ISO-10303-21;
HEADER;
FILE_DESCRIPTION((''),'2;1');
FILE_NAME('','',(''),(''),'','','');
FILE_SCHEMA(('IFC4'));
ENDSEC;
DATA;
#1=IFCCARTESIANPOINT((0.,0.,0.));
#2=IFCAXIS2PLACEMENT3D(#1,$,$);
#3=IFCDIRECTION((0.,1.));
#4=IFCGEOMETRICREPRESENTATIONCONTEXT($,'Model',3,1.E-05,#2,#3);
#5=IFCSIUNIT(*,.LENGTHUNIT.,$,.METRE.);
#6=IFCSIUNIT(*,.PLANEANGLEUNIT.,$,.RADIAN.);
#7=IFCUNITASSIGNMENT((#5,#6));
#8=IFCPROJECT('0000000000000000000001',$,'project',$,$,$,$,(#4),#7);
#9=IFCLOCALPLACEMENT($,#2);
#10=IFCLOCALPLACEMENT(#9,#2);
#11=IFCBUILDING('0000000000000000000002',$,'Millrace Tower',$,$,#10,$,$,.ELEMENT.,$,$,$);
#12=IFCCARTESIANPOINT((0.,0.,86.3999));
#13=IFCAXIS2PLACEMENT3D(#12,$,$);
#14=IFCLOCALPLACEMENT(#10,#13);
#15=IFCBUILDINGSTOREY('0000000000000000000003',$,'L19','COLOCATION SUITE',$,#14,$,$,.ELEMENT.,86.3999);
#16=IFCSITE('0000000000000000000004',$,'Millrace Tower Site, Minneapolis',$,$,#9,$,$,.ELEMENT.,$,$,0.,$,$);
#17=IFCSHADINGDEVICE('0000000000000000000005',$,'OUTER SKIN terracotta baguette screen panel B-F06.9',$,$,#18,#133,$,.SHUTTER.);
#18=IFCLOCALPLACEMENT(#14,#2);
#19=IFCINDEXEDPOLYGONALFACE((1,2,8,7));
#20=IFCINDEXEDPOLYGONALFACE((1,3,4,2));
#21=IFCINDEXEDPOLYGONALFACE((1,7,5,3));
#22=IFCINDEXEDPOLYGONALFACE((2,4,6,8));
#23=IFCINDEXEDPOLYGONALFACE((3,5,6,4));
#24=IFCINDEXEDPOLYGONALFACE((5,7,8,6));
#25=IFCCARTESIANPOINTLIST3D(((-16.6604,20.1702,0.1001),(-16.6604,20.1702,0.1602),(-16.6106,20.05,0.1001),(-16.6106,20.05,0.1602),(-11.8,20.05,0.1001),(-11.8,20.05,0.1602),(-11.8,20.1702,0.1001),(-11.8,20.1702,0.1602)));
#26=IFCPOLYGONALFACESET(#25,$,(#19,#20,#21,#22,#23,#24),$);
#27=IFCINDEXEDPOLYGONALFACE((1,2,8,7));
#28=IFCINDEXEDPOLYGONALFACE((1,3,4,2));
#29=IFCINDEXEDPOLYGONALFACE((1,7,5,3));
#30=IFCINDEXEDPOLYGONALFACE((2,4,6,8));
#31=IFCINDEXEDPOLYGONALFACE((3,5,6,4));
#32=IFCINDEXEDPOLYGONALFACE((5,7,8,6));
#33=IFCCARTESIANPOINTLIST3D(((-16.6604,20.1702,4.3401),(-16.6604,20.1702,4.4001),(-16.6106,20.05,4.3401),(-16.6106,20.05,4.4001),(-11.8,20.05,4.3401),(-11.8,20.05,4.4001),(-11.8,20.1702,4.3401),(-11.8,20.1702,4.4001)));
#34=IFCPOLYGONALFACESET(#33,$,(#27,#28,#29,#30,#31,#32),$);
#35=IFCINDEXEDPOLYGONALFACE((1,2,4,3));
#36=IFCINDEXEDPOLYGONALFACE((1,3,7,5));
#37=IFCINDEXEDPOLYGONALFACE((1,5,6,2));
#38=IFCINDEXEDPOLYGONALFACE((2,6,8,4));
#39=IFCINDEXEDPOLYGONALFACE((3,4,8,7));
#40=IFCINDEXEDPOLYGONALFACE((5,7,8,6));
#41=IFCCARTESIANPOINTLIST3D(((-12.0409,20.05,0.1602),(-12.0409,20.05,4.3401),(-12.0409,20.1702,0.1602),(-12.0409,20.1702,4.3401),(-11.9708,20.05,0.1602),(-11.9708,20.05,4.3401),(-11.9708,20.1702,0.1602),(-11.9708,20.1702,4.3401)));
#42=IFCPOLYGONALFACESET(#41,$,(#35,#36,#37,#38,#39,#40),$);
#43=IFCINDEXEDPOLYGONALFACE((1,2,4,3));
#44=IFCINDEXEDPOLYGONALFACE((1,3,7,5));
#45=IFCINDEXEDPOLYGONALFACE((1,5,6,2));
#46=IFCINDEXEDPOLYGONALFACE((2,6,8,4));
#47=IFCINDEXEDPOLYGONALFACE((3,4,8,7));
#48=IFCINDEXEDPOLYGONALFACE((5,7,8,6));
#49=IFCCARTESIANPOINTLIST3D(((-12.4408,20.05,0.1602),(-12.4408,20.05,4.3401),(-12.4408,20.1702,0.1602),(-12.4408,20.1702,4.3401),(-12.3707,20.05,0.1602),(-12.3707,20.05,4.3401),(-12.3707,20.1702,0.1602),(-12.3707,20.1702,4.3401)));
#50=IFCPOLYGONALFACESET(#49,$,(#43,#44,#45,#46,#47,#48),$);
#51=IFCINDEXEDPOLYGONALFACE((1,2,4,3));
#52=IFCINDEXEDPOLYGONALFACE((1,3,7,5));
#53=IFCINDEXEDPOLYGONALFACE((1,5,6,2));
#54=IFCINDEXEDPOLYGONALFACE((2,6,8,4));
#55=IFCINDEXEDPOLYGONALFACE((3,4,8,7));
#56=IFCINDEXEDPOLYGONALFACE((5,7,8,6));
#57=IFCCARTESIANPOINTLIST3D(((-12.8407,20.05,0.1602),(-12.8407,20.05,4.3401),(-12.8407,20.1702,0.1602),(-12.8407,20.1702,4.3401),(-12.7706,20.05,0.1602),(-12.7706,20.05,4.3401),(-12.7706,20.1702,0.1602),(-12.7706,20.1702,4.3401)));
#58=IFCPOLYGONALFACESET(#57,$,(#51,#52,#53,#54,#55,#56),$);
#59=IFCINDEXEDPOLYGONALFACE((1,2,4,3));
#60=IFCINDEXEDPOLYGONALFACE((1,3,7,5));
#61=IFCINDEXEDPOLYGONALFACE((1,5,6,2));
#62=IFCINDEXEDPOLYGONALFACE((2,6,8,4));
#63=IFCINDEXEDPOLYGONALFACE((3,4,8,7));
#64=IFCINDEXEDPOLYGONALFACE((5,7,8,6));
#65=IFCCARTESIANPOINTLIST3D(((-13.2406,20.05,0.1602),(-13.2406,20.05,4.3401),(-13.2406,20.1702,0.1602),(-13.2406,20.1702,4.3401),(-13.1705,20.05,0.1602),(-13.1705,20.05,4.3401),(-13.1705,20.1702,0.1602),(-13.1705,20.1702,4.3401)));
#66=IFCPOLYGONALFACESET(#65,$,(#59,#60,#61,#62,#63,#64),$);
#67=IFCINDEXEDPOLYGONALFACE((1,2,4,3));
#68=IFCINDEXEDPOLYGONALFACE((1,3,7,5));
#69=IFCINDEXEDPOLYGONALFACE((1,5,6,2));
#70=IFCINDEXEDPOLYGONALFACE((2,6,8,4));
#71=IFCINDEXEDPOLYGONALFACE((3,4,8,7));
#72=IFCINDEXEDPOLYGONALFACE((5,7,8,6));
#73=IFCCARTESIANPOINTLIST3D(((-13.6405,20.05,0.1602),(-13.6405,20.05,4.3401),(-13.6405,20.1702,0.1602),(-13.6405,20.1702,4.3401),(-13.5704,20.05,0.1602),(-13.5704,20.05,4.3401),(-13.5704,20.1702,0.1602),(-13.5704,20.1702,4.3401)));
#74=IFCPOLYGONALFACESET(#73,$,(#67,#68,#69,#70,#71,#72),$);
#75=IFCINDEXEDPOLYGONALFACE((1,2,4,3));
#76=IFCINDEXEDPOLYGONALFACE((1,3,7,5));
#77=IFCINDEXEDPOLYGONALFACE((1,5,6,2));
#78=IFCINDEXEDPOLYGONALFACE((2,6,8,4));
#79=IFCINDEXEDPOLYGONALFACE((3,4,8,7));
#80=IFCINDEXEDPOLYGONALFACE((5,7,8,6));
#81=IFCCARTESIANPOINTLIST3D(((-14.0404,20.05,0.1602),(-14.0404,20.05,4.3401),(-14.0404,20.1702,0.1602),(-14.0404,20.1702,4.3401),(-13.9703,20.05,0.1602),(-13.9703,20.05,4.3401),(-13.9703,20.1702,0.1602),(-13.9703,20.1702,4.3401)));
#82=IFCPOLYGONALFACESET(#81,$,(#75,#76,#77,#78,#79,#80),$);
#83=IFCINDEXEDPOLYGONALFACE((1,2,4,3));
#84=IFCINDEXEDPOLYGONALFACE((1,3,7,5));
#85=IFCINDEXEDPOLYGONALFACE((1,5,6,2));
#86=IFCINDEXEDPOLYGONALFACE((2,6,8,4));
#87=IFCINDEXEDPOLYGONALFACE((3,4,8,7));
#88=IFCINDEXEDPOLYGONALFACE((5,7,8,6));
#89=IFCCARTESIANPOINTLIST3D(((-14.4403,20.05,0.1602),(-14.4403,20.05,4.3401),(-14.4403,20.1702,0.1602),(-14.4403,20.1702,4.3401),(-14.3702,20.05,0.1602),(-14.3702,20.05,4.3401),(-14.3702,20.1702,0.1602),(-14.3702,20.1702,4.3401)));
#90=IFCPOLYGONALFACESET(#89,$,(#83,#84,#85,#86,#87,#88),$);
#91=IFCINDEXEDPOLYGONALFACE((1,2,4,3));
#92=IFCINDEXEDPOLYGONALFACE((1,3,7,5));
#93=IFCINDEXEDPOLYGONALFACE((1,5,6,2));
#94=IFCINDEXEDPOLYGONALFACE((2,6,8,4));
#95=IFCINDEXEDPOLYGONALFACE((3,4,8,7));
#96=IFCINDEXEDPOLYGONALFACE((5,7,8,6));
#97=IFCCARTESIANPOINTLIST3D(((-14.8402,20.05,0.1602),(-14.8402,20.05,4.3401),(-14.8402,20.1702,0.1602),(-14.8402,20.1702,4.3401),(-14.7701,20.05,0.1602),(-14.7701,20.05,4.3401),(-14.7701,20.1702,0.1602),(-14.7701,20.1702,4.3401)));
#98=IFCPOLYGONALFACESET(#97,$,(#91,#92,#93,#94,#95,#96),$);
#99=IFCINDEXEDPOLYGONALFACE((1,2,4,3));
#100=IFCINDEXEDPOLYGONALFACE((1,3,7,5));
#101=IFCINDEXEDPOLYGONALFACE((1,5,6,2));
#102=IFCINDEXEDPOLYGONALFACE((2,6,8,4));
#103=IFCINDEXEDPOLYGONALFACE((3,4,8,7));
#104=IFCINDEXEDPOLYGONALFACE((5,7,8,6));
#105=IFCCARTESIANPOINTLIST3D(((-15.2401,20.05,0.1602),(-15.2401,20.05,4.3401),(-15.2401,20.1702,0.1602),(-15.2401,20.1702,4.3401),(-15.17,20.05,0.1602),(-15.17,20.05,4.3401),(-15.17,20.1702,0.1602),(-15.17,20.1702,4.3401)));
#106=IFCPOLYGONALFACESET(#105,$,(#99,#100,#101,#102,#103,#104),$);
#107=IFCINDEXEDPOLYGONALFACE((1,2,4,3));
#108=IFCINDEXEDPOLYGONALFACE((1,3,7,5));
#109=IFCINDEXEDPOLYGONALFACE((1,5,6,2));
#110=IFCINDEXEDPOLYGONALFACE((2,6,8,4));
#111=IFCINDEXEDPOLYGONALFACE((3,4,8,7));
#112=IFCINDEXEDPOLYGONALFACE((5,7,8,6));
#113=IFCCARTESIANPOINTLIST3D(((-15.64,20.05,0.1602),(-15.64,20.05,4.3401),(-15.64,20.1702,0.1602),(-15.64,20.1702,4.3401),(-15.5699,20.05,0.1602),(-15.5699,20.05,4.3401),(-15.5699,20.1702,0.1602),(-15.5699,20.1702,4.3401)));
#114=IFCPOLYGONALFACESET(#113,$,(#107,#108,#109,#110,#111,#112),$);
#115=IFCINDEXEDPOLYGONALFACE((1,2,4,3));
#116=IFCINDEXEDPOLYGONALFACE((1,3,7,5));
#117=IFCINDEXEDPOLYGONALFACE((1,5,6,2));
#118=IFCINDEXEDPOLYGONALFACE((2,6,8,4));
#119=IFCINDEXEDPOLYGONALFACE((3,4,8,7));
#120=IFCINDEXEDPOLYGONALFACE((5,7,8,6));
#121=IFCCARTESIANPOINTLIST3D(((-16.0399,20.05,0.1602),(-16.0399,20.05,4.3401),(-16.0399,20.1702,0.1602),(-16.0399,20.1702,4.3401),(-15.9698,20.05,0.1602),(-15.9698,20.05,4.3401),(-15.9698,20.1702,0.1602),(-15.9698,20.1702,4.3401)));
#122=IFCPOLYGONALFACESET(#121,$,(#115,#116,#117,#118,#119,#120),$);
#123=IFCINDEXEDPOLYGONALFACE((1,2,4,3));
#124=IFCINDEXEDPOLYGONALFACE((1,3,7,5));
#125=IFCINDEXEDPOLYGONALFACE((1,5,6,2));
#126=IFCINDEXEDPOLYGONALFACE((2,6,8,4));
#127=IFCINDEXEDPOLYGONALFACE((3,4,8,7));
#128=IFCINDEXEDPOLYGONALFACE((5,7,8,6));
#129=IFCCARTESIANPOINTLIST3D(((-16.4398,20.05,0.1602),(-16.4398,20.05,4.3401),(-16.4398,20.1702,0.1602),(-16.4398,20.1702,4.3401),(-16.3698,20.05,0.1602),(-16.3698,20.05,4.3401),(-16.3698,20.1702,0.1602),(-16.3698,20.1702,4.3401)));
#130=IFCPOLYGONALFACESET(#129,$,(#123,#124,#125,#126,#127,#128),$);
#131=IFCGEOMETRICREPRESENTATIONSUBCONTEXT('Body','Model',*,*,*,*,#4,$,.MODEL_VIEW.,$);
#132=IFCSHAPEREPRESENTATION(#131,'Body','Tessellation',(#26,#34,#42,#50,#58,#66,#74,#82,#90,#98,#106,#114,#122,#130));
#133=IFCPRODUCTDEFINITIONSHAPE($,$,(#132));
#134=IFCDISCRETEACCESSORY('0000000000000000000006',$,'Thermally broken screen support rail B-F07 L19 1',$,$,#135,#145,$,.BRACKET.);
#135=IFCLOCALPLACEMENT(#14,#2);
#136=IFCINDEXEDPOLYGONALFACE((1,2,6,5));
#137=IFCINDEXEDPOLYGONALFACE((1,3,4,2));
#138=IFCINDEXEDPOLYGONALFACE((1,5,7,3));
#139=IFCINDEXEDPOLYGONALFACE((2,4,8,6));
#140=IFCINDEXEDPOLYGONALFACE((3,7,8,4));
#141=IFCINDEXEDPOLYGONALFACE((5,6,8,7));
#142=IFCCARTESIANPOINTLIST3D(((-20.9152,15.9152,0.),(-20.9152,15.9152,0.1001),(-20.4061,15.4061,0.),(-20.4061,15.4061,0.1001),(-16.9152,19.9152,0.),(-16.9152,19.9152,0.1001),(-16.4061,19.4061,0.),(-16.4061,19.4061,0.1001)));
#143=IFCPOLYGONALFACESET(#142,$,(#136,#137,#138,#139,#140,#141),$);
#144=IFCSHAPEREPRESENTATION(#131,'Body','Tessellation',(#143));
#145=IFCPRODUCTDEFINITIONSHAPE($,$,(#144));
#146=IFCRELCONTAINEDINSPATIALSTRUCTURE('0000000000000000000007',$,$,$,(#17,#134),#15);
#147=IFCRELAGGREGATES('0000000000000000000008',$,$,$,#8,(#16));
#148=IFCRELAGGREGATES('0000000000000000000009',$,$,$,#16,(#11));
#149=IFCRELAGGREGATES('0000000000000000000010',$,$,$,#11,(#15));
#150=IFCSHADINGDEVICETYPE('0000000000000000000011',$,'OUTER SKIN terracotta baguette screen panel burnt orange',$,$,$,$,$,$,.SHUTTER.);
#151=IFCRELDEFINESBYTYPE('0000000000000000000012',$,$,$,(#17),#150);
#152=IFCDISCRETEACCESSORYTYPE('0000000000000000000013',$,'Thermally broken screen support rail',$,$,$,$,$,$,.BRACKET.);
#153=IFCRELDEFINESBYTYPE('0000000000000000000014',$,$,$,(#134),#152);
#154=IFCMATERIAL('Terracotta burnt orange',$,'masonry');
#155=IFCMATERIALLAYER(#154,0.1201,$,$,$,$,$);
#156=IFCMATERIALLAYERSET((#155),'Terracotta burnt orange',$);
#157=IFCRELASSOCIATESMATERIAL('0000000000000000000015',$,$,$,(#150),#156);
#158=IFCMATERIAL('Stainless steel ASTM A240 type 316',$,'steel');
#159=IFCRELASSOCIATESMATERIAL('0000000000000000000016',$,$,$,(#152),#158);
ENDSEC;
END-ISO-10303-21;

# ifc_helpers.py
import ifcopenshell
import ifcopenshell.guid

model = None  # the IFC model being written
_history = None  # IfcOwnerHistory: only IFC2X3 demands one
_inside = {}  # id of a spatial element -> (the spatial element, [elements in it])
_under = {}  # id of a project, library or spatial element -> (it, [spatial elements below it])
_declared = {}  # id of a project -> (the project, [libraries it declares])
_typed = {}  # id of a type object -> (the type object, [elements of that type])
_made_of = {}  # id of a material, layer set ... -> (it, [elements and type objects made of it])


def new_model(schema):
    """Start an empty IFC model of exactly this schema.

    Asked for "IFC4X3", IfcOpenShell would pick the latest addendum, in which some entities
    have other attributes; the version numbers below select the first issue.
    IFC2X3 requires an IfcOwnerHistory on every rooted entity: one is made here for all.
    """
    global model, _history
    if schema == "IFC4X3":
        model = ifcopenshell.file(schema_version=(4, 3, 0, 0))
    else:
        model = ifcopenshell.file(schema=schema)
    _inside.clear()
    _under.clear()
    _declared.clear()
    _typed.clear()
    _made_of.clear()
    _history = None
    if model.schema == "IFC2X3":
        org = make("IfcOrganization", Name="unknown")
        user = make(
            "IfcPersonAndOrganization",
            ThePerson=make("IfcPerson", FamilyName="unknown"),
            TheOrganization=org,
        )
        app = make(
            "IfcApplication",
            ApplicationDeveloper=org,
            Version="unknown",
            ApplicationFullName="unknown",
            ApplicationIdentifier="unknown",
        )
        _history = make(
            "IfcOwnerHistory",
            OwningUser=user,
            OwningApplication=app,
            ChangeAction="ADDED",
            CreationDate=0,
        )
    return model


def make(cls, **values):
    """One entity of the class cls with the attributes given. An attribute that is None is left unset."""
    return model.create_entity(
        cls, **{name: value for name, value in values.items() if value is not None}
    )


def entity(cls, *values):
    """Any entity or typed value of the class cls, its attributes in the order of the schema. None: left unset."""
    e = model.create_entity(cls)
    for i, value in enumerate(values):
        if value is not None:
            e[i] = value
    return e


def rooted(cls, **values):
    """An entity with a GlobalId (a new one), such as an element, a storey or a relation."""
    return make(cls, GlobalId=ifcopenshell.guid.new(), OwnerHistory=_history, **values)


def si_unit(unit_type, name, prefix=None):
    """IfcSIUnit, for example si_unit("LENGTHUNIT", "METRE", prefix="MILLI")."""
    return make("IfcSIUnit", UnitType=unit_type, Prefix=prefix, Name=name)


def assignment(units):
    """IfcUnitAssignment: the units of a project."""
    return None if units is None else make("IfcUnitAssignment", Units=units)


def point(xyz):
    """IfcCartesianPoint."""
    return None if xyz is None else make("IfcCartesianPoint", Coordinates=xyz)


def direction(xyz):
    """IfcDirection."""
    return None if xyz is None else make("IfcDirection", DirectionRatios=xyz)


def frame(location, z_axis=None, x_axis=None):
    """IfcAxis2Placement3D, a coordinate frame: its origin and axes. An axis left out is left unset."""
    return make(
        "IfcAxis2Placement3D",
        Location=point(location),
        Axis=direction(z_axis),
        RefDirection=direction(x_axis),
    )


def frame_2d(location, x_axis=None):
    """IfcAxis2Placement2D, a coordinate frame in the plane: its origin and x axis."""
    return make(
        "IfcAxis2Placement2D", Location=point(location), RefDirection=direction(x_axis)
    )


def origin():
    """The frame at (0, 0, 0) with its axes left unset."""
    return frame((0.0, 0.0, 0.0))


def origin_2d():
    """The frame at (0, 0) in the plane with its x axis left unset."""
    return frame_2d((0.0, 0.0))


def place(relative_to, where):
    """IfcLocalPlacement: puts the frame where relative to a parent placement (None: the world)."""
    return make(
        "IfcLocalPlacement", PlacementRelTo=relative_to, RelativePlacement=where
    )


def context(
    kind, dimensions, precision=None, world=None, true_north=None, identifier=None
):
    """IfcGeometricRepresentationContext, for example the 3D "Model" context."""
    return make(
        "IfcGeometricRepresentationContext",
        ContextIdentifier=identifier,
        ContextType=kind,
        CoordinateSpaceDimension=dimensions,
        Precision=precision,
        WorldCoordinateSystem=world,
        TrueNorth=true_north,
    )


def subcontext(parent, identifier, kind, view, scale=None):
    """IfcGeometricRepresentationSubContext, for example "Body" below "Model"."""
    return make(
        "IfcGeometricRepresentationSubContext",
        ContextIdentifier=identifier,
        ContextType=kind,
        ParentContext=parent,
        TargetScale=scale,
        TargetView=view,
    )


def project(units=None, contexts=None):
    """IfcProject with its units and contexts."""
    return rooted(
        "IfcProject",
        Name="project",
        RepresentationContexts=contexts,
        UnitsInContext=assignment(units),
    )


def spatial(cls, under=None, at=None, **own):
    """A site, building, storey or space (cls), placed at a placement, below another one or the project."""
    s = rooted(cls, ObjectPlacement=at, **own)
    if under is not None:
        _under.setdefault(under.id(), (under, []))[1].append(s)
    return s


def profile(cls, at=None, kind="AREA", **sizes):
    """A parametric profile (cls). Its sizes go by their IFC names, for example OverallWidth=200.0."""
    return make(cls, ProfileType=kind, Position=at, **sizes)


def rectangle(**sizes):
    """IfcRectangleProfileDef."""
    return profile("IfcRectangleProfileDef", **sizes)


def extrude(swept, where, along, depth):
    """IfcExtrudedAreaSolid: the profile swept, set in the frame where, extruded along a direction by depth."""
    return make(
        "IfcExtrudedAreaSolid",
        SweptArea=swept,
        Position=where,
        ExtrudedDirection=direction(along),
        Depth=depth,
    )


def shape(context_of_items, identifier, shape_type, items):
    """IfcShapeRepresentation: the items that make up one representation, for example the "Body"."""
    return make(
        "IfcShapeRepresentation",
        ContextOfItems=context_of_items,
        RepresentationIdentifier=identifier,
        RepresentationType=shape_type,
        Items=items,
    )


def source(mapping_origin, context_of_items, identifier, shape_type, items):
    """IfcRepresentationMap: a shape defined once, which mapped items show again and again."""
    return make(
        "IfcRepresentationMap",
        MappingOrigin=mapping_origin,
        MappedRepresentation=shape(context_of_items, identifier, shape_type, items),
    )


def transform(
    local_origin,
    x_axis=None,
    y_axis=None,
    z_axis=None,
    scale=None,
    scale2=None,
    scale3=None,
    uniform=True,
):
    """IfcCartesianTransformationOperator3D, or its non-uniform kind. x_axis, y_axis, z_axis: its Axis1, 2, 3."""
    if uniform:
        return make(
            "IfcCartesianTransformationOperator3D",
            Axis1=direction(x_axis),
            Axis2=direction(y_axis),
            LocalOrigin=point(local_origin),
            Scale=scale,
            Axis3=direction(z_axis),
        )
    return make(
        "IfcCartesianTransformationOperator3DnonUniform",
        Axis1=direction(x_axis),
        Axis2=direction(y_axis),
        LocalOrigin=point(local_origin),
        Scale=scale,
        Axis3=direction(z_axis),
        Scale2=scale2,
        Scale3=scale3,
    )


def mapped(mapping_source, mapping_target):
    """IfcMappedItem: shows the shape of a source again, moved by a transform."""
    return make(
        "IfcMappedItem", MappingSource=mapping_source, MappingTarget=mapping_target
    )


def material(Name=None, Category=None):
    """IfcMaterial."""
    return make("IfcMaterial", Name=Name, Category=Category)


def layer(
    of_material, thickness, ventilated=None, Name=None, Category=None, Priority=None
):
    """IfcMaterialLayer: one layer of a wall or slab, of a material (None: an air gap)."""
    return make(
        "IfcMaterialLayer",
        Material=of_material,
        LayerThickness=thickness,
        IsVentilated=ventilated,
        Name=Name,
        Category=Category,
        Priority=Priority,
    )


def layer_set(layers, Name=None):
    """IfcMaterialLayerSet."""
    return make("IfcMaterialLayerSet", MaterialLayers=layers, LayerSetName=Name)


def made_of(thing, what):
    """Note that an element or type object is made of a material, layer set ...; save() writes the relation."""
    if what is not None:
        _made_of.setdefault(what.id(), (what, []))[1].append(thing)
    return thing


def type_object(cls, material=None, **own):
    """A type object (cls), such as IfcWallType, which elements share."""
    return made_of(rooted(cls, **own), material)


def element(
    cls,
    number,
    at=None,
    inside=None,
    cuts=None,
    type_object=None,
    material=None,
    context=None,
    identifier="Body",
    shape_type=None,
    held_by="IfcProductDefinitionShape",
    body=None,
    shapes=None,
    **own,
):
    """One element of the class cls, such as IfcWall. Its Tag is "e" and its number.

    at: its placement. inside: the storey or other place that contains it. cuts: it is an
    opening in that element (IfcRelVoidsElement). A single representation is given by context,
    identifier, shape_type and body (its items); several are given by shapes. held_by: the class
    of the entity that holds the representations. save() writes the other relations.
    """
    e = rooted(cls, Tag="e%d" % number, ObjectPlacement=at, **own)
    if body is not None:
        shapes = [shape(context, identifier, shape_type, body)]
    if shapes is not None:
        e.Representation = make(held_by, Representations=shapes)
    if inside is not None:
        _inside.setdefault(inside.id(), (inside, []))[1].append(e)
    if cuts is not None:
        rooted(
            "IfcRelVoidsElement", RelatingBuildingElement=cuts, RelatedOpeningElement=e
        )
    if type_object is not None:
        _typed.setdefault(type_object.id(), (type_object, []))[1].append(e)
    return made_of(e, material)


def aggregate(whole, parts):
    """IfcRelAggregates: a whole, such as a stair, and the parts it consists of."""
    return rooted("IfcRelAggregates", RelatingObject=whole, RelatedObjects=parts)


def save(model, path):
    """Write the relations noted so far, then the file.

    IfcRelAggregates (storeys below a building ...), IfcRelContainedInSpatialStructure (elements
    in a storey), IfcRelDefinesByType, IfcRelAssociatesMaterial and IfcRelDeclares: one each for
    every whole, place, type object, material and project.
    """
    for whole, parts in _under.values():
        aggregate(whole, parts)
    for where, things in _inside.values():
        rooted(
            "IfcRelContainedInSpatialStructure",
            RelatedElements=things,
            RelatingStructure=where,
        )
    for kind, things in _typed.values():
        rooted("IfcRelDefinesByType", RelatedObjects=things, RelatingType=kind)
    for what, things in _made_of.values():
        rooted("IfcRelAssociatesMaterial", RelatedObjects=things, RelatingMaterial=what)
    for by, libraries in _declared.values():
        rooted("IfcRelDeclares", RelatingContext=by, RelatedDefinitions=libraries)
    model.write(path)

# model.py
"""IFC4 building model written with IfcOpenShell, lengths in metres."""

from ifc_helpers import new_model, entity, si_unit, direction, frame, frame_2d, origin, origin_2d, place, context, subcontext, project, spatial, rectangle, extrude, source, transform, mapped, material, layer, layer_set, type_object, element, save


model = new_model("IFC4")

# Units and contexts
model_context = context("Model", 3, precision=1e-05, world=origin(), true_north=direction((0.0, 1.0)))
body_context = subcontext(model_context, "Body", "Model", "MODEL_VIEW")
ifc_project = project(units=[si_unit("LENGTHUNIT", "METRE"), si_unit("PLANEANGLEUNIT", "RADIAN")], contexts=[model_context])

# Site, building, storey
site_placement = place(None, origin())
site = spatial("IfcSite", under=ifc_project, at=site_placement, Name="Millrace Tower Site, Minneapolis", CompositionType="ELEMENT", RefElevation=0.0)
building_placement = place(site_placement, origin())
building = spatial("IfcBuilding", under=site, at=building_placement, Name="Millrace Tower", CompositionType="ELEMENT")
storey_placement = place(building_placement, frame((0.0, 0.0, 86.3999)))
storey = spatial("IfcBuildingStorey", under=building, at=storey_placement, Name="L19", Description="COLOCATION SUITE", CompositionType="ELEMENT", Elevation=86.3999)

# Shading device
ifc_material_1 = material(Name="Terracotta burnt orange", Category="masonry")
ifc_layer_1 = layer(ifc_material_1, 0.1201)
ifc_layer_set_1 = layer_set([ifc_layer_1], Name="Terracotta burnt orange")
shading_device_type = type_object("IfcShadingDeviceType", Name="OUTER SKIN terracotta baguette screen panel burnt orange", PredefinedType="SHUTTER", material=ifc_layer_set_1)
cartesian_point_1 = entity("IfcCartesianPoint", [-2.4177, 0.0601])
shared_polyline_1 = entity("IfcPolyline", [cartesian_point_1, entity("IfcCartesianPoint", [2.3928, 0.0601]), entity("IfcCartesianPoint", [2.4426, -0.0601]), entity("IfcCartesianPoint", [-2.4177, -0.0601]), cartesian_point_1])
shared_shape_1 = source(origin(), body_context, "Body", "SweptSolid", [
    entity("IfcExtrudedAreaSolid", entity("IfcArbitraryClosedProfileDef", "AREA", None, shared_polyline_1), entity("IfcAxis2Placement3D", entity("IfcCartesianPoint", [0.0, 0.0, 0.0])), entity("IfcDirection", [0.0, 0.0, 1.0]), 0.0601),
    entity("IfcExtrudedAreaSolid", entity("IfcArbitraryClosedProfileDef", "AREA", None, shared_polyline_1), entity("IfcAxis2Placement3D", entity("IfcCartesianPoint", [0.0, 0.0, 4.24])), entity("IfcDirection", [0.0, 0.0, 1.0]), 0.0601),
    extrude(rectangle(XDim=0.0701, YDim=0.1201, at=frame_2d((-2.2119, 0.0))), frame((0.0, 0.0, 0.0601)), (0.0, 0.0, 1.0), 4.1799),
    extrude(rectangle(XDim=0.0701, YDim=0.1201, at=frame_2d((-1.812, 0.0))), frame((0.0, 0.0, 0.0601)), (0.0, 0.0, 1.0), 4.1799),
    extrude(rectangle(XDim=0.0701, YDim=0.1201, at=frame_2d((-1.4121, 0.0))), frame((0.0, 0.0, 0.0601)), (0.0, 0.0, 1.0), 4.1799),
    extrude(rectangle(XDim=0.0701, YDim=0.1201, at=frame_2d((-1.0122, 0.0))), frame((0.0, 0.0, 0.0601)), (0.0, 0.0, 1.0), 4.1799),
    extrude(rectangle(XDim=0.0701, YDim=0.1201, at=frame_2d((-0.6123, 0.0))), frame((0.0, 0.0, 0.0601)), (0.0, 0.0, 1.0), 4.1799),
    extrude(rectangle(XDim=0.0701, YDim=0.1201, at=frame_2d((-0.2124, 0.0))), frame((0.0, 0.0, 0.0601)), (0.0, 0.0, 1.0), 4.1799),
    extrude(rectangle(XDim=0.0701, YDim=0.1201, at=frame_2d((0.1875, 0.0))), frame((0.0, 0.0, 0.0601)), (0.0, 0.0, 1.0), 4.1799),
    extrude(rectangle(XDim=0.0701, YDim=0.1201, at=frame_2d((0.5874, 0.0))), frame((0.0, 0.0, 0.0601)), (0.0, 0.0, 1.0), 4.1799),
    extrude(rectangle(XDim=0.0701, YDim=0.1201, at=frame_2d((0.9873, 0.0))), frame((0.0, 0.0, 0.0601)), (0.0, 0.0, 1.0), 4.1799),
    extrude(rectangle(XDim=0.0701, YDim=0.1201, at=frame_2d((1.3872, 0.0))), frame((0.0, 0.0, 0.0601)), (0.0, 0.0, 1.0), 4.1799),
    extrude(rectangle(XDim=0.0701, YDim=0.1201, at=frame_2d((1.7871, 0.0))), frame((0.0, 0.0, 0.0601)), (0.0, 0.0, 1.0), 4.1799),
    extrude(rectangle(XDim=0.0701, YDim=0.1201, at=frame_2d((2.187, 0.0))), frame((0.0, 0.0, 0.0601)), (0.0, 0.0, 1.0), 4.1799),
])
shading_device_1_placement = place(storey_placement, frame((-14.2178, 20.1101, 0.1001), z_axis=(0.0, 0.0, 1.0), x_axis=(-1.0, 0.0, 0.0)))
element("IfcShadingDevice", 1, at=shading_device_1_placement, inside=storey, type_object=shading_device_type, Name="OUTER SKIN terracotta baguette screen panel B-F06.9", PredefinedType="SHUTTER", context=body_context, shape_type="MappedRepresentation", body=[
    mapped(shared_shape_1, transform((0.0, 0.0, 0.0), scale=1.0)),
])

# Discrete accessory
ifc_material_2 = material(Name="Stainless steel ASTM A240 type 316", Category="steel")
discrete_accessory_type = type_object("IfcDiscreteAccessoryType", Name="Thermally broken screen support rail", PredefinedType="BRACKET", material=ifc_material_2)
discrete_accessory_placement = place(storey_placement, frame((-18.6606, 17.6606, 0.0), z_axis=(0.0, 0.0, 1.0), x_axis=(-0.707107, -0.707107, 0.0)))
element("IfcDiscreteAccessory", 2, at=discrete_accessory_placement, inside=storey, type_object=discrete_accessory_type, Name="Thermally broken screen support rail B-F07 L19 1", PredefinedType="BRACKET", context=body_context, shape_type="SweptSolid", body=[
    extrude(rectangle(XDim=5.6567, YDim=0.72, at=origin_2d()), origin(), (0.0, 0.0, 1.0), 0.1001),
])

save(model, "model.ifc")
